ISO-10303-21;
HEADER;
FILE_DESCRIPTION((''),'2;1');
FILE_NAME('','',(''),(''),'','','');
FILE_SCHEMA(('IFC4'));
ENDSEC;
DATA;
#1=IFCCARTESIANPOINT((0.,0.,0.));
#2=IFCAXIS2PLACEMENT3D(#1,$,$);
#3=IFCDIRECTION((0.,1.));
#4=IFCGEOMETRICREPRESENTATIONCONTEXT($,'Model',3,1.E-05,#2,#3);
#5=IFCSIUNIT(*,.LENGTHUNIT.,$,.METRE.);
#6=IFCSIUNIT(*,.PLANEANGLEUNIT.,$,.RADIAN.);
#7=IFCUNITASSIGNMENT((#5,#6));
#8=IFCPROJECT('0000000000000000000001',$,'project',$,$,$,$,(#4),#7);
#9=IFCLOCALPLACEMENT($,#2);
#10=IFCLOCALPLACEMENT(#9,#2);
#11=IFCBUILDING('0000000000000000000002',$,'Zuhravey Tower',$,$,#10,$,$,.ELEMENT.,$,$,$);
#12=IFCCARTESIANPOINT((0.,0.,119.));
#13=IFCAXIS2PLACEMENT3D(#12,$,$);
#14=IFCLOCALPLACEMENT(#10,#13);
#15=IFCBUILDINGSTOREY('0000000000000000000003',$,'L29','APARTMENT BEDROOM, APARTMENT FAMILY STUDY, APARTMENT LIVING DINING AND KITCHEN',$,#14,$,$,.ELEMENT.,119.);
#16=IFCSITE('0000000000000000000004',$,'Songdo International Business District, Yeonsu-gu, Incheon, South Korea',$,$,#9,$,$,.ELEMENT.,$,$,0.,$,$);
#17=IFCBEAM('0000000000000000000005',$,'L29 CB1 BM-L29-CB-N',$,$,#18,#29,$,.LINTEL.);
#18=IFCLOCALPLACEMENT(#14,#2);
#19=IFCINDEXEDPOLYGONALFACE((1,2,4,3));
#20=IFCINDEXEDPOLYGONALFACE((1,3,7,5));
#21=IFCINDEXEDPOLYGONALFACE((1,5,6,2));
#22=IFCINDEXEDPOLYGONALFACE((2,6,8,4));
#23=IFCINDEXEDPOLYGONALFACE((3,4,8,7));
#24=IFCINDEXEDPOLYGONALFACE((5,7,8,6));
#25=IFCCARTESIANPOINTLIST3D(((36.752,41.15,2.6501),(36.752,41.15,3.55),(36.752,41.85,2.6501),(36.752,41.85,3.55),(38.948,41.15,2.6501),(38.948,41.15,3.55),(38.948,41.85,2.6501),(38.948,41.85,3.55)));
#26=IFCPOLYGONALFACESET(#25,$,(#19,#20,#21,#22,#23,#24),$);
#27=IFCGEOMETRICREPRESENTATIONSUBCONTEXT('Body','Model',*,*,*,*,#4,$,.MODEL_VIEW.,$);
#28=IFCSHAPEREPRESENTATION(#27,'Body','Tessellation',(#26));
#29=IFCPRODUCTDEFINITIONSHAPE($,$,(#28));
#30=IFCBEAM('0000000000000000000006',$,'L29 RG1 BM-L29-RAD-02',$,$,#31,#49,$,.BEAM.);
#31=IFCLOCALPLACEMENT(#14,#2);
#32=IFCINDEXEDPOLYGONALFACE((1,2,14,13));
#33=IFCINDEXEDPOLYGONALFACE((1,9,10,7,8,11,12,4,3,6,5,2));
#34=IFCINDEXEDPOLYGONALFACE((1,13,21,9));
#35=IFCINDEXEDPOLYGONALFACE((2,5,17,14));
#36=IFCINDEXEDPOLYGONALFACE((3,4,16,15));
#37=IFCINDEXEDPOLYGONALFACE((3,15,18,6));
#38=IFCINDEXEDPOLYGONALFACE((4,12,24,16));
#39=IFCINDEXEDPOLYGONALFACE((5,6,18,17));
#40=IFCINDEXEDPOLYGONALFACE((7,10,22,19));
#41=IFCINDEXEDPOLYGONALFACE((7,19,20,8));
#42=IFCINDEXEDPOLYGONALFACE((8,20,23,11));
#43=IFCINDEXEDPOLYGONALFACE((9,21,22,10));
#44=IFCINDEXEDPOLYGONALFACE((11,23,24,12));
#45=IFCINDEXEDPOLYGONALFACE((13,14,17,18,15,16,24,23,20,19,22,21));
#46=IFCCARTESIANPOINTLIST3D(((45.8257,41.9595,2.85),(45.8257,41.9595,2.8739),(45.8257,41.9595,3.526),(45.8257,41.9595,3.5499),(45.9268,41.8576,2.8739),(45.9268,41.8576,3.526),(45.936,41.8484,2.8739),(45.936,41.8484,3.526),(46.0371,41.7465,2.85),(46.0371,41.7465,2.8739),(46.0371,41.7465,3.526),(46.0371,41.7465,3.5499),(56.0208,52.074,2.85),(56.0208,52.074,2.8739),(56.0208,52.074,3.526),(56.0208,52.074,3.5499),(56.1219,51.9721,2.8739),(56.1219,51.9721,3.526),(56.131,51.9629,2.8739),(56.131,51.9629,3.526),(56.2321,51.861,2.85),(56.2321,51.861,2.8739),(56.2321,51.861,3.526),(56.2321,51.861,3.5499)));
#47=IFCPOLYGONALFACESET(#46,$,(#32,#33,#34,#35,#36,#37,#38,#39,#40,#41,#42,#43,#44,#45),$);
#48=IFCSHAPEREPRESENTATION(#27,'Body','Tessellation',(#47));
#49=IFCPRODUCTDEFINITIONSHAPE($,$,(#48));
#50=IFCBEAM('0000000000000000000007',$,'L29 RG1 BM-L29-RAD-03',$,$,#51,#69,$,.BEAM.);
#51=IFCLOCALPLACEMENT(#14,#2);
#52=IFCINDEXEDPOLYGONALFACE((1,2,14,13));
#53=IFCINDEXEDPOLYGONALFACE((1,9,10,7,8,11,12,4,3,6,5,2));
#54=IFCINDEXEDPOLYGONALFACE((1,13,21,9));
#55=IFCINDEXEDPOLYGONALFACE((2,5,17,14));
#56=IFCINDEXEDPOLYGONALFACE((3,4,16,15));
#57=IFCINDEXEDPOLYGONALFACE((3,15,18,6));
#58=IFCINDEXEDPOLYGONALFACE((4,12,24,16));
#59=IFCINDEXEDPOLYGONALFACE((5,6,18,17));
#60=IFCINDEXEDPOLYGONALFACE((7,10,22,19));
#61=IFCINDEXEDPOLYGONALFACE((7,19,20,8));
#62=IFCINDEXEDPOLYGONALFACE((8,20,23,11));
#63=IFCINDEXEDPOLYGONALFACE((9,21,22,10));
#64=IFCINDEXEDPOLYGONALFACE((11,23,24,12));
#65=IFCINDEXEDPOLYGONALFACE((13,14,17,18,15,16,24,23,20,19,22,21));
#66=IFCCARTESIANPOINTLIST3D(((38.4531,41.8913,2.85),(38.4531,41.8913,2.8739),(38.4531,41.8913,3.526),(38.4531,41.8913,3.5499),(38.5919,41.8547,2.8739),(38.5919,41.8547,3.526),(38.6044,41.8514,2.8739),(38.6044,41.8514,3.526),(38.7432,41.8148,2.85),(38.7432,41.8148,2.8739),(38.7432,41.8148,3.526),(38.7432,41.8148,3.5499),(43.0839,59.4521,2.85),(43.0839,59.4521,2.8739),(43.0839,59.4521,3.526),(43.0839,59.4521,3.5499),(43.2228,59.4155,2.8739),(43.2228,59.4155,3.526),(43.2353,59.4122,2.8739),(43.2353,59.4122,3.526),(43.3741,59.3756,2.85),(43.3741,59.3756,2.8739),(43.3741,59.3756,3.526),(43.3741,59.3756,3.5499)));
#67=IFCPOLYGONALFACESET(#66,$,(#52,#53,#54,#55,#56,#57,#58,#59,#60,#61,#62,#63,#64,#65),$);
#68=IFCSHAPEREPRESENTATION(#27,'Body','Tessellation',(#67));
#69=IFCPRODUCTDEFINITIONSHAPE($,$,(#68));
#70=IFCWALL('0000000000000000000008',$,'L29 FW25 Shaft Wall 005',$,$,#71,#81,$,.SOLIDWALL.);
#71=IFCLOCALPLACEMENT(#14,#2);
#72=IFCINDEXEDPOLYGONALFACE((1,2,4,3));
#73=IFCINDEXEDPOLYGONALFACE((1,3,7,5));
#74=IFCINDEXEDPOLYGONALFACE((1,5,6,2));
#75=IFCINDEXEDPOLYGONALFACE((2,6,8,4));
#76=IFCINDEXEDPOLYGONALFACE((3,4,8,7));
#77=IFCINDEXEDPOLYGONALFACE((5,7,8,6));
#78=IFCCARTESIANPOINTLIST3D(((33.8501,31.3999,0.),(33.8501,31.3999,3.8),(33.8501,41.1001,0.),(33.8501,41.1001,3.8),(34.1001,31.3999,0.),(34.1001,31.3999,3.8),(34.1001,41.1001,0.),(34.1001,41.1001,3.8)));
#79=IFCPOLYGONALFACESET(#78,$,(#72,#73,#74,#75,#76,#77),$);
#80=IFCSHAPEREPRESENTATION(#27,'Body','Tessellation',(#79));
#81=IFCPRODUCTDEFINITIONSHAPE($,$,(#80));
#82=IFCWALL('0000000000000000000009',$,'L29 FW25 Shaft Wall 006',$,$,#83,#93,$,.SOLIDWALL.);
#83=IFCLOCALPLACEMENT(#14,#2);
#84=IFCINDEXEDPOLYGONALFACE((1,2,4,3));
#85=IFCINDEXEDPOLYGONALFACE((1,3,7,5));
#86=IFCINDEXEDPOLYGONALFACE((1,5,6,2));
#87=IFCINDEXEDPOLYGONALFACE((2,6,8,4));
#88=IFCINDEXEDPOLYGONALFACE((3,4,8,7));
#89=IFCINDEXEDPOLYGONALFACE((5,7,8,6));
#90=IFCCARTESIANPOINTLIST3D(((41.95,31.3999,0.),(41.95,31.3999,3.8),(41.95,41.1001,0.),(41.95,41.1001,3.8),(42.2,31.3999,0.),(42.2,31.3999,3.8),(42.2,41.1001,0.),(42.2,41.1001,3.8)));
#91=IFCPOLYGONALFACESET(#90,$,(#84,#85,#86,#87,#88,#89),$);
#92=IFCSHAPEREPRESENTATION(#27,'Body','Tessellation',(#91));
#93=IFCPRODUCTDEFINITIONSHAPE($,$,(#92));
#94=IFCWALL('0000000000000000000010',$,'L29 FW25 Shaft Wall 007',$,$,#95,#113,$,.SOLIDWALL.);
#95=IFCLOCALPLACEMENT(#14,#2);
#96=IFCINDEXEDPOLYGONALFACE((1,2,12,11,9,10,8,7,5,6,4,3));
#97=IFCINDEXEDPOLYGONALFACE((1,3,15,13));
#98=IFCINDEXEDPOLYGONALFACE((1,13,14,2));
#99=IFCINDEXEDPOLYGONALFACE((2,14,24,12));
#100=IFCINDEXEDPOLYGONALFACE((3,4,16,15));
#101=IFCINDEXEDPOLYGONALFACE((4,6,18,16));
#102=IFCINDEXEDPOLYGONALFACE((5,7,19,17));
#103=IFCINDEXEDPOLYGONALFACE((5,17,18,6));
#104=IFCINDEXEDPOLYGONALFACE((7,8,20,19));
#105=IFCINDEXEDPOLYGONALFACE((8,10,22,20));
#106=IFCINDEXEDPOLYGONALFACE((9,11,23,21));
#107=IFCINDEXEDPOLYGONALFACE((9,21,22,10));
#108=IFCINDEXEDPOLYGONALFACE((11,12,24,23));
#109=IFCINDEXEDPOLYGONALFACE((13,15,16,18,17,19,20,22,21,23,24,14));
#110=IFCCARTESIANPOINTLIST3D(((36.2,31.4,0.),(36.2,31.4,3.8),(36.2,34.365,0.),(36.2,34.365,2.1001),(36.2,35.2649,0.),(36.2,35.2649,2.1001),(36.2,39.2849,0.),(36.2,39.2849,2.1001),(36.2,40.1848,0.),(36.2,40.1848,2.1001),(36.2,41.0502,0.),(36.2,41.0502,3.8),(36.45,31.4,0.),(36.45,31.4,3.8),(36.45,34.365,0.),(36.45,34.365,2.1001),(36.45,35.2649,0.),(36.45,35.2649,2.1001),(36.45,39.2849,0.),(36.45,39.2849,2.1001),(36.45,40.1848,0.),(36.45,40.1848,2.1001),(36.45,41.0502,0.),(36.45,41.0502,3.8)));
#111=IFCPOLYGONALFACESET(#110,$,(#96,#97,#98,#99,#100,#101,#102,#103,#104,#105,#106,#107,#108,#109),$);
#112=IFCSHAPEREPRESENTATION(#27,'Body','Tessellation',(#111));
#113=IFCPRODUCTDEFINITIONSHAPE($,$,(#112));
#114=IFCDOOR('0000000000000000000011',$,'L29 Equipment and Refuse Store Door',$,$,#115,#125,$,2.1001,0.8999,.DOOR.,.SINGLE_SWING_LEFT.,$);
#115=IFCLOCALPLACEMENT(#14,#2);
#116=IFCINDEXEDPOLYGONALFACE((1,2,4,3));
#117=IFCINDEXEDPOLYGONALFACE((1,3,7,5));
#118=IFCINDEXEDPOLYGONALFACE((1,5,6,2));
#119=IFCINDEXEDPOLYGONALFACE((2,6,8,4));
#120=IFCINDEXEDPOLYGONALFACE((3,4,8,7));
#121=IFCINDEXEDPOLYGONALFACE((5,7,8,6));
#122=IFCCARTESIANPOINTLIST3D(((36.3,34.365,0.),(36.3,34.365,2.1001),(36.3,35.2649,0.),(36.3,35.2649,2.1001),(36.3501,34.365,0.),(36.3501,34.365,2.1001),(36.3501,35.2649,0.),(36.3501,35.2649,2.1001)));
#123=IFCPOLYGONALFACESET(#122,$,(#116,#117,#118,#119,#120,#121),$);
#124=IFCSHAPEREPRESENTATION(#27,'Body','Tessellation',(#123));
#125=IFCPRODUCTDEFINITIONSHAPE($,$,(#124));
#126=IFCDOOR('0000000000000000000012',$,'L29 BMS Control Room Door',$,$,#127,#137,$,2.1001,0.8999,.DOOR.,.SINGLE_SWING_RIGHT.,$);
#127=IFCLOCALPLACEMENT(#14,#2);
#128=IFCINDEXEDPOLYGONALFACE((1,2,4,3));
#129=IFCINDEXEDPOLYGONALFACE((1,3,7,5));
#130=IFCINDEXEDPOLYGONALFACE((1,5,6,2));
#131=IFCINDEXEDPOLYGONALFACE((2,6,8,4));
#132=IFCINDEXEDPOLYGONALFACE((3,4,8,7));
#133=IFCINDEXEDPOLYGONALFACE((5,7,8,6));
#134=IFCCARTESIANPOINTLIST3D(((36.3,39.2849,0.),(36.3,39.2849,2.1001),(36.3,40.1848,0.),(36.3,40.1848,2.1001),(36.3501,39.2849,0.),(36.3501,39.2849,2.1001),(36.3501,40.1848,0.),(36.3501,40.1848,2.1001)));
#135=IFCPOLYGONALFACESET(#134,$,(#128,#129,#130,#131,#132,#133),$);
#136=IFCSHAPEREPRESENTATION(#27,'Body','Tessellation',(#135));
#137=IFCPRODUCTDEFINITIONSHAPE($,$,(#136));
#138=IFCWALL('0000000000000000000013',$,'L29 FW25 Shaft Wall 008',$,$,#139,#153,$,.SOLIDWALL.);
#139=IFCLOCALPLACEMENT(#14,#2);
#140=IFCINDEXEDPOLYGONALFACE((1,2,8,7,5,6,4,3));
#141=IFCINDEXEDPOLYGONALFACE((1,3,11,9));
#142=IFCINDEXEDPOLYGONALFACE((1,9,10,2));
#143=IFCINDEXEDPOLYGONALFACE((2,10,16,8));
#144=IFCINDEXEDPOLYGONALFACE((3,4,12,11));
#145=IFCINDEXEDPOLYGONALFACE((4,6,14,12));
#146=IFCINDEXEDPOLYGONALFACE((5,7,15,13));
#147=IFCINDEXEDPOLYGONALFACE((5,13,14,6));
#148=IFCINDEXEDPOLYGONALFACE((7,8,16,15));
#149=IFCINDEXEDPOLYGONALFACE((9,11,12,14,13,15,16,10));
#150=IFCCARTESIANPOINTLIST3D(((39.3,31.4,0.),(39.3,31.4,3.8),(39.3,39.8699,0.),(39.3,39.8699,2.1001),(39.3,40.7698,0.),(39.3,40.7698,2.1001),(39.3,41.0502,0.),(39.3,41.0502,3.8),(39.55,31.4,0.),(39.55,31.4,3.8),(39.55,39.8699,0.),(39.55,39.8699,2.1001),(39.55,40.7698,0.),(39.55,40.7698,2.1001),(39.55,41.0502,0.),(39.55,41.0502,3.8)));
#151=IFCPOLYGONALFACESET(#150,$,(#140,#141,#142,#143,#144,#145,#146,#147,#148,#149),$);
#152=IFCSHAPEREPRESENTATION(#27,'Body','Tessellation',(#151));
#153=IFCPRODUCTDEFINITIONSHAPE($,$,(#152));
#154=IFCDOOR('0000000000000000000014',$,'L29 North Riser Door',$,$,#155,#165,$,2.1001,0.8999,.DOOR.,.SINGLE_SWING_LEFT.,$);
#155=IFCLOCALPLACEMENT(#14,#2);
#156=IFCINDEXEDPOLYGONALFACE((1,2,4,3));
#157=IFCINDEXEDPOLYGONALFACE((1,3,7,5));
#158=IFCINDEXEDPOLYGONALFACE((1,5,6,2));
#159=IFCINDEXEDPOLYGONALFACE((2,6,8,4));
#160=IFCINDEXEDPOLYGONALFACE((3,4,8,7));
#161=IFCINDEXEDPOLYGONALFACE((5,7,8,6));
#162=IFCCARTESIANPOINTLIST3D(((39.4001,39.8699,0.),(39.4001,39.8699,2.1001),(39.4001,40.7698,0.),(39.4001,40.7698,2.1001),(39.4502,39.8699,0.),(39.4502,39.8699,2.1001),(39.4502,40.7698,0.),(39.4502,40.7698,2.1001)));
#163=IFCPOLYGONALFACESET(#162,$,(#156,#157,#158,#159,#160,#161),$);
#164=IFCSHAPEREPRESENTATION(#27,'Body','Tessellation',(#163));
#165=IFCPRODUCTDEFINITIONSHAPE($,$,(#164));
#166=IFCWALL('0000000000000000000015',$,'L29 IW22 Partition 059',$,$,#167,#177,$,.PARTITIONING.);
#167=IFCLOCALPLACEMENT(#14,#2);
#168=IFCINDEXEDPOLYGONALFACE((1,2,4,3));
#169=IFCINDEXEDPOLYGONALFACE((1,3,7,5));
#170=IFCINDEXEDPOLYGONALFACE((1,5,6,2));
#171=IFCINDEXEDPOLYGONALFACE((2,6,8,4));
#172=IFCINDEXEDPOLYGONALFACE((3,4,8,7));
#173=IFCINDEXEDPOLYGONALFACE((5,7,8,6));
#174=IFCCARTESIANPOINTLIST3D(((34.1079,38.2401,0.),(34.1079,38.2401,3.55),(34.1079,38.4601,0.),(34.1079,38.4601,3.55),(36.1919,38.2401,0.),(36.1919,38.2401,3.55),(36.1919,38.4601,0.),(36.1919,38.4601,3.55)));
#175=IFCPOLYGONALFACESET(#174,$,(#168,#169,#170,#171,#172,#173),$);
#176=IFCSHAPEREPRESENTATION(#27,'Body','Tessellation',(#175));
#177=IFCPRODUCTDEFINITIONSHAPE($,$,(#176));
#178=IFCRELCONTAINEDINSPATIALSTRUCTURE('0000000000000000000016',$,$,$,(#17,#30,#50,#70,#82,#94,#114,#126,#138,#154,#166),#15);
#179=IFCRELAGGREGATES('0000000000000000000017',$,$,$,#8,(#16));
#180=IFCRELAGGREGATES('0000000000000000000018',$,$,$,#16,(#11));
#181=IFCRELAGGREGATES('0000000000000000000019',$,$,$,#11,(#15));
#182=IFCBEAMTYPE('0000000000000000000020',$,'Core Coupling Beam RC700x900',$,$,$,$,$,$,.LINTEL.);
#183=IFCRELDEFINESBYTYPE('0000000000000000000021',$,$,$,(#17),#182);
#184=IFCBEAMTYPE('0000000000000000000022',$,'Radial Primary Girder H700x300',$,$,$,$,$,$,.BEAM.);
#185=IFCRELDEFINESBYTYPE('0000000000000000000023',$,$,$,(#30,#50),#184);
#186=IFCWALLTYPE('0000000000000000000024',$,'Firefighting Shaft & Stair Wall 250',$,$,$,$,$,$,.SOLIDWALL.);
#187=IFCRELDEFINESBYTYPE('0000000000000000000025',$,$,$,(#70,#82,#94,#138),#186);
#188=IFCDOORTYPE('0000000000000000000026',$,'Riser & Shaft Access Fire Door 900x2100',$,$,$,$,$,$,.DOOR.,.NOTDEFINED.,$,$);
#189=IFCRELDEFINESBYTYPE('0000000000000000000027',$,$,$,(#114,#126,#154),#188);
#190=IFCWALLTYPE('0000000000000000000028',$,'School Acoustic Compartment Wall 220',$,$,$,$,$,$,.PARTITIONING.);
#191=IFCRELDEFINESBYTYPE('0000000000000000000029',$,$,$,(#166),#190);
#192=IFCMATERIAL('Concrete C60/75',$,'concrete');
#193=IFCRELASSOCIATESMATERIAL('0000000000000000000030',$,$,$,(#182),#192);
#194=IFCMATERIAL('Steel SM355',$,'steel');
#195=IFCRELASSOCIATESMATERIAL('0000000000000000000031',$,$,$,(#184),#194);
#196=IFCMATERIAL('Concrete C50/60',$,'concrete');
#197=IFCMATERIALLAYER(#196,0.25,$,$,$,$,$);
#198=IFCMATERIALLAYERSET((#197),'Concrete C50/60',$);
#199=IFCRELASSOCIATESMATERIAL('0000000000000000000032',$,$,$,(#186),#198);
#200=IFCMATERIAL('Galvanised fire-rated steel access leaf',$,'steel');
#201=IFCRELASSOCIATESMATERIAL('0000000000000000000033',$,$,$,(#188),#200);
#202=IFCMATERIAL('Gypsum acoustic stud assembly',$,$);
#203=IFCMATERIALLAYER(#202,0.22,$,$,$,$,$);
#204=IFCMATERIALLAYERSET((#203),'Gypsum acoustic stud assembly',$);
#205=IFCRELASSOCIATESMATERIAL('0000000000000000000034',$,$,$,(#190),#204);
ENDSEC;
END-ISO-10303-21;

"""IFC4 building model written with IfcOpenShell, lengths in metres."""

from ifc_helpers import new_model, si_unit, direction, frame, frame_2d, origin, origin_2d, place, context, subcontext, project, spatial, rectangle, i_section, extrude, material, layer, layer_set, material_profile, profile_set, type_object, element, fill, save


model = new_model("IFC4")

# Units and contexts
model_context = context("Model", 3, precision=1e-05, world=origin(), true_north=direction((0.0, 1.0)))
body_context = subcontext(model_context, "Body", "Model", "MODEL_VIEW")
ifc_project = project(units=[si_unit("LENGTHUNIT", "METRE"), si_unit("PLANEANGLEUNIT", "RADIAN")], contexts=[model_context])

# Site, building, storey
site_placement = place(None, origin())
site = spatial("IfcSite", under=ifc_project, at=site_placement, Name="Songdo International Business District, Yeonsu-gu, Incheon, South Korea", CompositionType="ELEMENT", RefElevation=0.0)
building_placement = place(site_placement, origin())
building = spatial("IfcBuilding", under=site, at=building_placement, Name="Zuhravey Tower", CompositionType="ELEMENT")
storey_placement = place(building_placement, frame((0.0, 0.0, 119.0)))
storey = spatial("IfcBuildingStorey", under=building, at=storey_placement, Name="L29", Description="APARTMENT BEDROOM, APARTMENT FAMILY STUDY, APARTMENT LIVING DINING AND KITCHEN", CompositionType="ELEMENT", Elevation=119.0)

# Beams
ifc_material_1 = material(Name="Concrete C60/75", Category="concrete")
ifc_material_profile_1 = material_profile(ifc_material_1, rectangle(XDim=0.7, YDim=0.8999, at=origin_2d()), Name="RC-700x900")
ifc_profile_set_1 = profile_set([ifc_material_profile_1], Name="Concrete C60/75")
beam_type_1 = type_object("IfcBeamType", Name="Core Coupling Beam RC700x900", PredefinedType="LINTEL", material=ifc_profile_set_1)
beam_1_placement = place(storey_placement, frame((36.752, 41.5, 3.1001), z_axis=(1.0, 0.0, 0.0), x_axis=(0.0, 1.0, 0.0)))
element("IfcBeam", 1, at=beam_1_placement, inside=storey, type_object=beam_type_1, Name="L29 CB1 BM-L29-CB-N", PredefinedType="LINTEL", context=body_context, shape_type="SweptSolid", body=[
    extrude(rectangle(XDim=0.7, YDim=0.8999, at=origin_2d()), origin(), (0.0, 0.0, 1.0), 2.196),
])
ifc_material_2 = material(Name="Steel SM355", Category="steel")
ifc_material_profile_2 = material_profile(ifc_material_2, i_section(OverallWidth=0.3, OverallDepth=0.7, WebThickness=0.0129, FlangeThickness=0.0239, at=origin_2d()), Name="H-700x300x13x24")
ifc_profile_set_2 = profile_set([ifc_material_profile_2], Name="Steel SM355")
beam_type_2 = type_object("IfcBeamType", Name="Radial Primary Girder H700x300", PredefinedType="BEAM", material=ifc_profile_set_2)
beam_2_placement = place(storey_placement, frame((45.9314, 41.853, 3.2), z_axis=(0.709906, 0.704296, 0.0), x_axis=(-0.704296, 0.709906, 0.0)))
element("IfcBeam", 2, at=beam_2_placement, inside=storey, type_object=beam_type_2, Name="L29 RG1 BM-L29-RAD-02", PredefinedType="BEAM", context=body_context, shape_type="SweptSolid", body=[
    extrude(i_section(OverallWidth=0.3, OverallDepth=0.7, WebThickness=0.0129, FlangeThickness=0.0239, at=origin_2d()), origin(), (0.0, 0.0, 1.0), 14.3611),
])
beam_3_placement = place(storey_placement, frame((38.5981, 41.853, 3.2), z_axis=(0.254988, 0.966944, 0.0), x_axis=(-0.966944, 0.254988, 0.0)))
element("IfcBeam", 3, at=beam_3_placement, inside=storey, type_object=beam_type_2, Name="L29 RG1 BM-L29-RAD-03", PredefinedType="BEAM", context=body_context, shape_type="SweptSolid", body=[
    extrude(i_section(OverallWidth=0.3, OverallDepth=0.7, WebThickness=0.0129, FlangeThickness=0.0239, at=origin_2d()), origin(), (0.0, 0.0, 1.0), 18.1611),
])

# Shared definitions
ifc_material_3 = material(Name="Concrete C50/60", Category="concrete")
ifc_layer_1 = layer(ifc_material_3, 0.25)
ifc_layer_set_1 = layer_set([ifc_layer_1], Name="Concrete C50/60")
wall_type_1 = type_object("IfcWallType", Name="Firefighting Shaft & Stair Wall 250", PredefinedType="SOLIDWALL", material=ifc_layer_set_1)

# Walls
for number, where, z_axis, x_axis, name in (
    (4, (33.9751, 31.3999, 0.0), (0.0, 0.0, 1.0), (0.0, 1.0, 0.0), "L29 FW25 Shaft Wall 005"),
    (5, (42.075, 31.3999, 0.0), (0.0, 0.0, 1.0), (0.0, 1.0, 0.0), "L29 FW25 Shaft Wall 006"),
):
    element("IfcWall", number, at=place(storey_placement, frame(where, z_axis=z_axis, x_axis=x_axis)), inside=storey, type_object=wall_type_1, Name=name, PredefinedType="SOLIDWALL", context=body_context, shape_type="SweptSolid", body=[
        extrude(rectangle(XDim=9.7002, YDim=0.25, at=frame_2d((4.8501, 0.0))), origin(), (0.0, 0.0, 1.0), 3.8),
    ])

# Wall, openings, doors
wall_1_placement = place(storey_placement, frame((36.325, 31.3999, 0.0), z_axis=(0.0, 0.0, 1.0), x_axis=(0.0, 1.0, 0.0)))
wall_1 = element("IfcWall", 6, at=wall_1_placement, inside=storey, type_object=wall_type_1, Name="L29 FW25 Shaft Wall 007", PredefinedType="SOLIDWALL", context=body_context, shape_type="SweptSolid", body=[
    extrude(rectangle(XDim=9.6501, YDim=0.25, at=frame_2d((4.8252, 0.0))), origin(), (0.0, 0.0, 1.0), 3.8),
])
opening_1_placement = place(wall_1_placement, frame((2.9651, 0.0, 0.0)))
opening_1 = element("IfcOpeningElement", 7, at=opening_1_placement, cuts=wall_1, PredefinedType="OPENING", context=body_context, shape_type="SweptSolid", body=[
    extrude(rectangle(XDim=0.8999, YDim=2.1001, at=frame_2d((0.45, 1.05))), frame((0.0, 0.137, 0.0), z_axis=(0.0, -1.0, 0.0), x_axis=(1.0, 0.0, 0.0)), (0.0, 0.0, 1.0), 0.2739),
])
opening_2_placement = place(wall_1_placement, frame((7.885, 0.0, 0.0)))
opening_2 = element("IfcOpeningElement", 8, at=opening_2_placement, cuts=wall_1, PredefinedType="OPENING", context=body_context, shape_type="SweptSolid", body=[
    extrude(rectangle(XDim=0.8999, YDim=2.1001, at=frame_2d((0.45, 1.05))), frame((0.0, 0.137, 0.0), z_axis=(0.0, -1.0, 0.0), x_axis=(1.0, 0.0, 0.0)), (0.0, 0.0, 1.0), 0.2739),
])
ifc_material_4 = material(Name="Galvanised fire-rated steel access leaf", Category="steel")
door_type_1 = type_object("IfcDoorType", Name="Riser & Shaft Access Fire Door 900x2100", OperationType="NOTDEFINED", PredefinedType="DOOR", material=ifc_material_4)
door_1_placement = place(opening_1_placement, origin())
door_1 = element("IfcDoor", 9, at=door_1_placement, inside=storey, type_object=door_type_1, Name="L29 Equipment and Refuse Store Door", OperationType="SINGLE_SWING_LEFT", OverallHeight=2.1001, OverallWidth=0.8999, PredefinedType="DOOR", context=body_context, shape_type="SweptSolid", body=[
    extrude(rectangle(XDim=0.8999, YDim=2.1001, at=frame_2d((0.45, 1.05))), frame((0.0, 0.0249, 0.0), z_axis=(0.0, -1.0, 0.0), x_axis=(1.0, 0.0, 0.0)), (0.0, 0.0, 1.0), 0.05),
])
fill(opening_1, door_1)
door_2_placement = place(opening_2_placement, origin())
door_2 = element("IfcDoor", 10, at=door_2_placement, inside=storey, type_object=door_type_1, Name="L29 BMS Control Room Door", OperationType="SINGLE_SWING_RIGHT", OverallHeight=2.1001, OverallWidth=0.8999, PredefinedType="DOOR", context=body_context, shape_type="SweptSolid", body=[
    extrude(rectangle(XDim=0.8999, YDim=2.1001, at=frame_2d((0.45, 1.05))), frame((0.0, 0.0249, 0.0), z_axis=(0.0, -1.0, 0.0), x_axis=(1.0, 0.0, 0.0)), (0.0, 0.0, 1.0), 0.05),
])
fill(opening_2, door_2)

# Wall, opening, door
wall_2_placement = place(storey_placement, frame((39.425, 31.3999, 0.0), z_axis=(0.0, 0.0, 1.0), x_axis=(0.0, 1.0, 0.0)))
wall_2 = element("IfcWall", 11, at=wall_2_placement, inside=storey, type_object=wall_type_1, Name="L29 FW25 Shaft Wall 008", PredefinedType="SOLIDWALL", context=body_context, shape_type="SweptSolid", body=[
    extrude(rectangle(XDim=9.6501, YDim=0.25, at=frame_2d((4.8252, 0.0))), origin(), (0.0, 0.0, 1.0), 3.8),
])
opening_3_placement = place(wall_2_placement, frame((8.47, 0.0, 0.0)))
opening_3 = element("IfcOpeningElement", 12, at=opening_3_placement, cuts=wall_2, PredefinedType="OPENING", context=body_context, shape_type="SweptSolid", body=[
    extrude(rectangle(XDim=0.8999, YDim=2.1001, at=frame_2d((0.45, 1.05))), frame((0.0, 0.137, 0.0), z_axis=(0.0, -1.0, 0.0), x_axis=(1.0, 0.0, 0.0)), (0.0, 0.0, 1.0), 0.2739),
])
door_3_placement = place(opening_3_placement, origin())
door_3 = element("IfcDoor", 13, at=door_3_placement, inside=storey, type_object=door_type_1, Name="L29 North Riser Door", OperationType="SINGLE_SWING_LEFT", OverallHeight=2.1001, OverallWidth=0.8999, PredefinedType="DOOR", context=body_context, shape_type="SweptSolid", body=[
    extrude(rectangle(XDim=0.8999, YDim=2.1001, at=frame_2d((0.45, 1.05))), frame((0.0, 0.0249, 0.0), z_axis=(0.0, -1.0, 0.0), x_axis=(1.0, 0.0, 0.0)), (0.0, 0.0, 1.0), 0.05),
])
fill(opening_3, door_3)

# Wall
ifc_material_5 = material(Name="Gypsum acoustic stud assembly")
ifc_layer_2 = layer(ifc_material_5, 0.22)
ifc_layer_set_2 = layer_set([ifc_layer_2], Name="Gypsum acoustic stud assembly")
wall_type_2 = type_object("IfcWallType", Name="School Acoustic Compartment Wall 220", PredefinedType="PARTITIONING", material=ifc_layer_set_2)
wall_3_placement = place(storey_placement, frame((34.1079, 38.3501, 0.0), z_axis=(0.0, 0.0, 1.0), x_axis=(1.0, 0.0, 0.0)))
element("IfcWall", 14, at=wall_3_placement, inside=storey, type_object=wall_type_2, Name="L29 IW22 Partition 059", PredefinedType="PARTITIONING", context=body_context, shape_type="SweptSolid", body=[
    extrude(rectangle(XDim=2.084, YDim=0.22, at=frame_2d((1.042, 0.0))), origin(), (0.0, 0.0, 1.0), 3.55),
])

save(model, "model.ifc")
